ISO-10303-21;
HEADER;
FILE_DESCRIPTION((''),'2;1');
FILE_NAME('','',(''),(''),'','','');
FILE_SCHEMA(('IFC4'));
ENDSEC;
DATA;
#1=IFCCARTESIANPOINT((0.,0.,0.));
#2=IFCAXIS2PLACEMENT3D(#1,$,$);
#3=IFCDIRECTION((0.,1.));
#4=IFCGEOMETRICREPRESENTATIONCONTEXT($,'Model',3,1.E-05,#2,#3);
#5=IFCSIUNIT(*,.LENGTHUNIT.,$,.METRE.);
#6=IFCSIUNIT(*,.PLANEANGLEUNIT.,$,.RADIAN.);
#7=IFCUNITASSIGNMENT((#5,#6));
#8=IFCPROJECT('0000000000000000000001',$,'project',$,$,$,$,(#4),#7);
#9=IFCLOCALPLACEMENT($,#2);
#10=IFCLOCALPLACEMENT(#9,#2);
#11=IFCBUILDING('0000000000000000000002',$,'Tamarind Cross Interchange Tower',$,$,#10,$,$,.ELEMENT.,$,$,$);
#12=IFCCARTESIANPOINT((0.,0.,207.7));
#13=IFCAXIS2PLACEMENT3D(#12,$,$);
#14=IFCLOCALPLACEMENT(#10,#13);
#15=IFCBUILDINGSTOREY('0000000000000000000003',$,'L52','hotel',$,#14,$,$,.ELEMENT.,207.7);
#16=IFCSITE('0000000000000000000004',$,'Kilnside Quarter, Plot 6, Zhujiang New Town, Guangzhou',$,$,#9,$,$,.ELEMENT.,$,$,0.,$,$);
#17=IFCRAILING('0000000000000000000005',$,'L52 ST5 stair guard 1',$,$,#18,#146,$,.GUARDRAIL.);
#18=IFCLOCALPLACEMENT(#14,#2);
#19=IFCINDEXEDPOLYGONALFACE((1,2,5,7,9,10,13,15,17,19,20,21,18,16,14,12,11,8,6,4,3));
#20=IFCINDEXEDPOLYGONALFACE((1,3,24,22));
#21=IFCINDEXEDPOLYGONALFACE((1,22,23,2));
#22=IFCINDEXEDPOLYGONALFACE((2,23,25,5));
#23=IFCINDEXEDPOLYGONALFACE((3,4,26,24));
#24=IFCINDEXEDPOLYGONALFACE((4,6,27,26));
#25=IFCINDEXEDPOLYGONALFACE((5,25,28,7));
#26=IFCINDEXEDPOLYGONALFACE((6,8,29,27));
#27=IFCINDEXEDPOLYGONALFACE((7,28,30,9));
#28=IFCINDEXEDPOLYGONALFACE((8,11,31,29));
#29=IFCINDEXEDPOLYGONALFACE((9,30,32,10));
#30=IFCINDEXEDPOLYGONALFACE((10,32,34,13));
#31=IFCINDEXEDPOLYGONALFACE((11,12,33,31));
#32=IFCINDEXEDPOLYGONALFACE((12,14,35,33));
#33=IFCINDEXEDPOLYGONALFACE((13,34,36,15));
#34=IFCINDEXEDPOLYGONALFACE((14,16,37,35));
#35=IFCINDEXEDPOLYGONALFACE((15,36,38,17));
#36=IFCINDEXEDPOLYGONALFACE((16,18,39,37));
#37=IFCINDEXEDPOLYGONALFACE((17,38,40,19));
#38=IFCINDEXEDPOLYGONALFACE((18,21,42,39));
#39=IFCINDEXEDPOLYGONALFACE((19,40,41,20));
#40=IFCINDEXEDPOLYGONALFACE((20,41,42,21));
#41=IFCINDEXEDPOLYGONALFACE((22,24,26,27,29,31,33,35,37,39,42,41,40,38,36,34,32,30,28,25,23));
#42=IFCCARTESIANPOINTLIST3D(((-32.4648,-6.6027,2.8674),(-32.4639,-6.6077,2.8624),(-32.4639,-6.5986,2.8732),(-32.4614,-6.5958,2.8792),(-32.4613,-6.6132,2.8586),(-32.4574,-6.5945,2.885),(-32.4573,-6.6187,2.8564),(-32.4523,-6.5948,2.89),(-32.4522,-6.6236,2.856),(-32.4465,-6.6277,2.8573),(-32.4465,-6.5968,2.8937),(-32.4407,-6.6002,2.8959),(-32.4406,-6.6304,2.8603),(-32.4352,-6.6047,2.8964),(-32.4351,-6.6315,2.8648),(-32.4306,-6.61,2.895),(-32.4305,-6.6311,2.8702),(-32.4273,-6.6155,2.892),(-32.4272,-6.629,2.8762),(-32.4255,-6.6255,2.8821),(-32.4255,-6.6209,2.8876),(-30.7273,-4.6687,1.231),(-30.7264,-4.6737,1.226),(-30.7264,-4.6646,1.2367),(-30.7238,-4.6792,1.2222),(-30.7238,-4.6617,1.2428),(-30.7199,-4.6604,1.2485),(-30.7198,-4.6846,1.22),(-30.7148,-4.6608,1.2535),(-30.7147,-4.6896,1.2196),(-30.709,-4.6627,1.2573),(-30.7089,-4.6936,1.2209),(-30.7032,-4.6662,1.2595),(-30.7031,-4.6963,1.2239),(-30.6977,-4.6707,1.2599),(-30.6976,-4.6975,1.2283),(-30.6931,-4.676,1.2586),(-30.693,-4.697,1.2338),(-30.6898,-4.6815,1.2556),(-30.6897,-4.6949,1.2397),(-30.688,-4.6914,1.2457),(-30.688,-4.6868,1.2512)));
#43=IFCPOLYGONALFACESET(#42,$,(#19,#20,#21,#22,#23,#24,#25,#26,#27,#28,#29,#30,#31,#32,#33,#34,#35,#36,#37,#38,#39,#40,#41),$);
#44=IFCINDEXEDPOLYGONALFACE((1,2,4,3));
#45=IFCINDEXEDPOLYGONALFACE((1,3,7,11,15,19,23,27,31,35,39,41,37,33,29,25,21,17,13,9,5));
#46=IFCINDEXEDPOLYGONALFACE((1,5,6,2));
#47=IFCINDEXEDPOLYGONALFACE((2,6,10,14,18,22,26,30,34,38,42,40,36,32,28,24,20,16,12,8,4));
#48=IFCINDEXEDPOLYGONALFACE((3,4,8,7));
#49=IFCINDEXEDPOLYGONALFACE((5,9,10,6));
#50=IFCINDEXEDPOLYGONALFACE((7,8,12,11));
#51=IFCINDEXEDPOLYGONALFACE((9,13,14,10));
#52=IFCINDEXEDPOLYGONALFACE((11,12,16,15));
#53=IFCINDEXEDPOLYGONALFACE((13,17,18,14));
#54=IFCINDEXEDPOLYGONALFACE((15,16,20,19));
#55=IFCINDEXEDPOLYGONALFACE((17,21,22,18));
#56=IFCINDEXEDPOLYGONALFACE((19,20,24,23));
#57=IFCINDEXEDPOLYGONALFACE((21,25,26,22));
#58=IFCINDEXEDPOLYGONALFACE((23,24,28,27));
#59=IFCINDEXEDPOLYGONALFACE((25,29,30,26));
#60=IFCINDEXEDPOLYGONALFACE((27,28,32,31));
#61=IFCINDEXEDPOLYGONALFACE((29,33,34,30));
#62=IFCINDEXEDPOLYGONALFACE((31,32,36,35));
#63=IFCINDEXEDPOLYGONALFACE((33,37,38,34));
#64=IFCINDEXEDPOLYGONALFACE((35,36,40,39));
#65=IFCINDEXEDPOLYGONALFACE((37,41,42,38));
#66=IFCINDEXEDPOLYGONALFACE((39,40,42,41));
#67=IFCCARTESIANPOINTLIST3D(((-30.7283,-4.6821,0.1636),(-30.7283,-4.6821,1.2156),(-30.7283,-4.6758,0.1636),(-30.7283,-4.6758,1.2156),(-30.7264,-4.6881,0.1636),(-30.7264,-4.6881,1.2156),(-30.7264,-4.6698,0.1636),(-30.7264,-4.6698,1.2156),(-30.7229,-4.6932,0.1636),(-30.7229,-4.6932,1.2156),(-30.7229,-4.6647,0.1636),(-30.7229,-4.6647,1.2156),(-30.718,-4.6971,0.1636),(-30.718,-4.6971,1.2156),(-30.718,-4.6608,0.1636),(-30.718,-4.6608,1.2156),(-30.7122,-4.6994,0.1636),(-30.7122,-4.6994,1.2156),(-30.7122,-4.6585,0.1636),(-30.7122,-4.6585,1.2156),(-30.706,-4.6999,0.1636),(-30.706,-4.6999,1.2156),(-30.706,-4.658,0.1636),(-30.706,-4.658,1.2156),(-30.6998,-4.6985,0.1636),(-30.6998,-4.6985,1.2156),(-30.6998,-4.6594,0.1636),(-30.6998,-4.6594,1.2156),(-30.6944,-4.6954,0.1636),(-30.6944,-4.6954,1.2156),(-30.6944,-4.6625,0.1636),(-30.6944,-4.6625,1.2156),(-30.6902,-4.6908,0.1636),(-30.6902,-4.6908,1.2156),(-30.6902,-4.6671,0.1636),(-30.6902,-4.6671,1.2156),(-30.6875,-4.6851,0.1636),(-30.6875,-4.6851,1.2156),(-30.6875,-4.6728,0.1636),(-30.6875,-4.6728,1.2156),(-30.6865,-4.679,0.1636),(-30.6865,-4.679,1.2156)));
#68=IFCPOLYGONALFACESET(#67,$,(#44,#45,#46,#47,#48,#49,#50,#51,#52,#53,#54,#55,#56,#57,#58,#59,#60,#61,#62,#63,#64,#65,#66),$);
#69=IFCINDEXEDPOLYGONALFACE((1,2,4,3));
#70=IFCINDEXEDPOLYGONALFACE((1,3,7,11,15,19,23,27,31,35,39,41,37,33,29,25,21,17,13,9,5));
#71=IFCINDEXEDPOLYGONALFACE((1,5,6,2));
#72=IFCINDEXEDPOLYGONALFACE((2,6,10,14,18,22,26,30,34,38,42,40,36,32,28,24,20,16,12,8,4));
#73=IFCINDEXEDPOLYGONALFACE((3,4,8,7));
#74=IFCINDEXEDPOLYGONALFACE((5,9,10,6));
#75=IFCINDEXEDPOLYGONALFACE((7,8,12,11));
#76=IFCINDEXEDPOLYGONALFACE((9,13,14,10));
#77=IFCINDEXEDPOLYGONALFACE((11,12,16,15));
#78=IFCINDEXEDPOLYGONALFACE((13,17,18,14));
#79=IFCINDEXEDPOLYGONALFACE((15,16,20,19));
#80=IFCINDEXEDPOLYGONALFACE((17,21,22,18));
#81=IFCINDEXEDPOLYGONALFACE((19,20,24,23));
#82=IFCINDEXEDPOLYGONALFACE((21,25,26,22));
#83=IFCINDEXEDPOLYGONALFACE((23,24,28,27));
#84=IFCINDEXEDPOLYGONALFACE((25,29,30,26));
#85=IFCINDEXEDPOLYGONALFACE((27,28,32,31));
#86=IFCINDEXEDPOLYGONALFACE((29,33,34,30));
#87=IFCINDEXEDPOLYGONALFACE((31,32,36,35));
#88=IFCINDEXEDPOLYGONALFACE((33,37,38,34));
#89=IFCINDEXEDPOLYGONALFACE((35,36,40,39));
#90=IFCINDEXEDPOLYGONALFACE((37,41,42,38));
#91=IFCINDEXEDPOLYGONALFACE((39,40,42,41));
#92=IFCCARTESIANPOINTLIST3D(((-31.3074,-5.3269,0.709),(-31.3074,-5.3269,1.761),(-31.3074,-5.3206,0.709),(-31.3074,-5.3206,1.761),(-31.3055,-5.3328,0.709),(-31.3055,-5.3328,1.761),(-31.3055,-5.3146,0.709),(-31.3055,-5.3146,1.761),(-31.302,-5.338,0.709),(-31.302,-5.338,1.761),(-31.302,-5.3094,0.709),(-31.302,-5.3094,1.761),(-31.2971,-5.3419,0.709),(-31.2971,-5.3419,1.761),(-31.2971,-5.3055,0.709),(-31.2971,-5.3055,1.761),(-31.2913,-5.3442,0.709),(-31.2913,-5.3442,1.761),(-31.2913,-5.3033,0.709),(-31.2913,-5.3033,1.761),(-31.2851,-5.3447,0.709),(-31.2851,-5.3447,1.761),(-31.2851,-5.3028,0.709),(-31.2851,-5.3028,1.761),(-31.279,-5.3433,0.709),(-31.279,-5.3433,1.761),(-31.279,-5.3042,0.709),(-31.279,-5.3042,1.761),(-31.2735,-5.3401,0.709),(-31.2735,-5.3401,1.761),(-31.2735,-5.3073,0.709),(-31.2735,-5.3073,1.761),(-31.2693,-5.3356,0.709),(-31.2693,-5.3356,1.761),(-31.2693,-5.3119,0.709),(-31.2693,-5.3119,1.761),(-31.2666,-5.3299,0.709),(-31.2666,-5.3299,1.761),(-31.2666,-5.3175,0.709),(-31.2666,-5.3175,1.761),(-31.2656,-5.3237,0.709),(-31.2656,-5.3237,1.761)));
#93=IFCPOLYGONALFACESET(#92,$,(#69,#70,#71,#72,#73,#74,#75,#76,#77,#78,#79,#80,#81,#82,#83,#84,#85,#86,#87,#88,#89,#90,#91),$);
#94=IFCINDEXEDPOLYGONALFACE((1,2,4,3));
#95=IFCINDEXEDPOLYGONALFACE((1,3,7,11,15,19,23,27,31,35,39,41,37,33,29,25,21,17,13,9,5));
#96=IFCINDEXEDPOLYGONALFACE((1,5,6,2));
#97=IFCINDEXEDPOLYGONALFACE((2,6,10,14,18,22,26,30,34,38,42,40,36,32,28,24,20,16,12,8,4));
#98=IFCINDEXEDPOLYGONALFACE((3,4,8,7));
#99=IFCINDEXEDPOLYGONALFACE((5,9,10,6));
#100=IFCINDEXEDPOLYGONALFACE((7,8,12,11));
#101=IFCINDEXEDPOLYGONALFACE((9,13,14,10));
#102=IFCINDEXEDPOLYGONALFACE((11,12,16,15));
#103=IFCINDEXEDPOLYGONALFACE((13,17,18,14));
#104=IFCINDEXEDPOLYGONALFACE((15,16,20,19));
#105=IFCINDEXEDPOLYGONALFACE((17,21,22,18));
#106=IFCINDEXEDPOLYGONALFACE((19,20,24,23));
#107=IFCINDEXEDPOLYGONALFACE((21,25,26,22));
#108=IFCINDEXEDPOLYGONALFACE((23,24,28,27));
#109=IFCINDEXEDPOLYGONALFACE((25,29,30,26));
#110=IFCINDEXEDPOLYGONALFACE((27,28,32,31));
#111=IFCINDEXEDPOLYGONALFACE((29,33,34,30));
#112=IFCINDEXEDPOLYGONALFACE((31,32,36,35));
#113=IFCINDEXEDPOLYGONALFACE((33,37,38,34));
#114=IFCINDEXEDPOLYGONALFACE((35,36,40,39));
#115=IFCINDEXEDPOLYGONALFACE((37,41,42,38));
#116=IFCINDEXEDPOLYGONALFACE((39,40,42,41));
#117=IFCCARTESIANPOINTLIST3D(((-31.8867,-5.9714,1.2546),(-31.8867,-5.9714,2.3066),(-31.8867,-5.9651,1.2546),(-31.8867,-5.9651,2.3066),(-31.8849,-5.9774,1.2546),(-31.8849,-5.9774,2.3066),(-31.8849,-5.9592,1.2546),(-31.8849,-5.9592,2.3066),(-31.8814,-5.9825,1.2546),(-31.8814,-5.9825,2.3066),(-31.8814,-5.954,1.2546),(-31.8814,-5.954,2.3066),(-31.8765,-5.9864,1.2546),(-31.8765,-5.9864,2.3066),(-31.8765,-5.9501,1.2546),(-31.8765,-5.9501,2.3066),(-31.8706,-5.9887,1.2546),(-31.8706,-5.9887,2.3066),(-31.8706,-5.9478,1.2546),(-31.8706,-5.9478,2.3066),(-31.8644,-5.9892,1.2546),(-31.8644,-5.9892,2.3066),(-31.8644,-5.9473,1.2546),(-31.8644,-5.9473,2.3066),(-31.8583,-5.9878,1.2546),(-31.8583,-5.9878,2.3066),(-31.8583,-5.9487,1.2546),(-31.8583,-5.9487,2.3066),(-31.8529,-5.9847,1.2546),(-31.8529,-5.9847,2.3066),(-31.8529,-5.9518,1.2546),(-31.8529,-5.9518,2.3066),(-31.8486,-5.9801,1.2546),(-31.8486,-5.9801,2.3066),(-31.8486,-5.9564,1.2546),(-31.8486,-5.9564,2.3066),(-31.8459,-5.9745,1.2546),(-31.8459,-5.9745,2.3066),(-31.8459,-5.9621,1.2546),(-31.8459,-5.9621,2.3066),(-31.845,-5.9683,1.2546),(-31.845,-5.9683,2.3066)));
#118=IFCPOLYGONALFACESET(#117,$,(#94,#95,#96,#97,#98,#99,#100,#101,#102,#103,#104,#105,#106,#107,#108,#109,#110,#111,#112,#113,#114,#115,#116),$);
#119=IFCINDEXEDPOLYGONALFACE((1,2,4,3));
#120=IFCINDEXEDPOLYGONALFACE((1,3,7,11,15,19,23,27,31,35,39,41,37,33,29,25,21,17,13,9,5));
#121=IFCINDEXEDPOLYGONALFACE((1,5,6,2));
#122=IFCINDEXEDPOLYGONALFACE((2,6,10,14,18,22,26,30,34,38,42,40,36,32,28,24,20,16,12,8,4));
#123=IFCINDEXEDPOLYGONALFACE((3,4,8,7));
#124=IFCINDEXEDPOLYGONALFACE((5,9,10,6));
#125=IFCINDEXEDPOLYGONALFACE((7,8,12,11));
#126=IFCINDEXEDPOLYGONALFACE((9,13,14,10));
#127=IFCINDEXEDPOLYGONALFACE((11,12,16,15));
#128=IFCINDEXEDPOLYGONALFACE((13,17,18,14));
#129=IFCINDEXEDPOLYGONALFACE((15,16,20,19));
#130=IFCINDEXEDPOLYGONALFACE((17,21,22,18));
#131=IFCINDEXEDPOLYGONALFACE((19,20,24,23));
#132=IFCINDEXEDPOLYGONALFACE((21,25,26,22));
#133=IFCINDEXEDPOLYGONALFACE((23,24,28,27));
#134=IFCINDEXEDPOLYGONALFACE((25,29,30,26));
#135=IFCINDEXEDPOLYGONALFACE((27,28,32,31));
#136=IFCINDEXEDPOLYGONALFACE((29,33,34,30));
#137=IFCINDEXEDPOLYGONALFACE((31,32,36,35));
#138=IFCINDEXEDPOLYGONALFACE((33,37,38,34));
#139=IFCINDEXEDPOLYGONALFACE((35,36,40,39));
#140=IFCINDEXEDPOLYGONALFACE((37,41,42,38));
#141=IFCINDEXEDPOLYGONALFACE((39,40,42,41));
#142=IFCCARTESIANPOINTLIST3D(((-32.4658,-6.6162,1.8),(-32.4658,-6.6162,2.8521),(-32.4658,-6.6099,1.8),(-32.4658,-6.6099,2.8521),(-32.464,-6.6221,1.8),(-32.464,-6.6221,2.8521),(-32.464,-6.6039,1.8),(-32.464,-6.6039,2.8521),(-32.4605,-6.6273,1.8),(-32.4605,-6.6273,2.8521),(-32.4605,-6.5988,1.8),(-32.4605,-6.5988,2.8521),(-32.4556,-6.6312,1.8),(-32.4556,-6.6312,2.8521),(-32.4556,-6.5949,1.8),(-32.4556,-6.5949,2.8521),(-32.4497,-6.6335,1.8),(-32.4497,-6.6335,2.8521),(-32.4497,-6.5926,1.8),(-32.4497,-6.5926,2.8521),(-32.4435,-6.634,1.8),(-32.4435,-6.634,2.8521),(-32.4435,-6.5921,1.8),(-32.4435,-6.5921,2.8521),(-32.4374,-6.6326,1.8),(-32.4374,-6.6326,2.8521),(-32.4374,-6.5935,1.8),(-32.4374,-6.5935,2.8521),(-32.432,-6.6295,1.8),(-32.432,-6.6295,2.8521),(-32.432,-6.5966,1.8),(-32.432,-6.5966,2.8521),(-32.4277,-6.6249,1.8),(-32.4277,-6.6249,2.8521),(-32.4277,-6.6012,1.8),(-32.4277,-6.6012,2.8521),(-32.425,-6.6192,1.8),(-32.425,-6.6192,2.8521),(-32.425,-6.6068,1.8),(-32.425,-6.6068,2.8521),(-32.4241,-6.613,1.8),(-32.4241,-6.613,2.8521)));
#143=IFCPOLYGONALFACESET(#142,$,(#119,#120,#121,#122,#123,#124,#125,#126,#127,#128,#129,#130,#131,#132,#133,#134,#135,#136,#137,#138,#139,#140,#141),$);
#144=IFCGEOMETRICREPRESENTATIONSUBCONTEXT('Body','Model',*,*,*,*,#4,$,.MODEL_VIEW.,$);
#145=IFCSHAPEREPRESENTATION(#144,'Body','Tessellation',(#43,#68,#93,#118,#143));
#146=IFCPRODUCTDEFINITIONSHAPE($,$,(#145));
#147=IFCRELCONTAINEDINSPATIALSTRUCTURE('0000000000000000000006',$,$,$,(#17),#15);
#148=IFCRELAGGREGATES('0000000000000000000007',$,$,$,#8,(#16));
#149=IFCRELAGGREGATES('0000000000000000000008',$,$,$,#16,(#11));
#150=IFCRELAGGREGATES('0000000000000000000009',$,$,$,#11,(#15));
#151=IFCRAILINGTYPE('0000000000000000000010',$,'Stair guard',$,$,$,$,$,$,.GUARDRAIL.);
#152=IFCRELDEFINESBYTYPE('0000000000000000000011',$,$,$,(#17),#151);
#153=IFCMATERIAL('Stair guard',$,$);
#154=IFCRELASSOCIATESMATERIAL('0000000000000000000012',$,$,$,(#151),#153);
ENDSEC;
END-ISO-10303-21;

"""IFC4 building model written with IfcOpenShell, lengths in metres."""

from ifc_helpers import new_model, si_unit, direction, frame, origin, origin_2d, place, context, subcontext, project, spatial, circle, extrude, material, type_object, element, save


model = new_model("IFC4")

# Units and contexts
model_context = context("Model", 3, precision=1e-05, world=origin(), true_north=direction((0.0, 1.0)))
body_context = subcontext(model_context, "Body", "Model", "MODEL_VIEW")
ifc_project = project(units=[si_unit("LENGTHUNIT", "METRE"), si_unit("PLANEANGLEUNIT", "RADIAN")], contexts=[model_context])

# Site, building, storey
site_placement = place(None, origin())
site = spatial("IfcSite", under=ifc_project, at=site_placement, Name="Kilnside Quarter, Plot 6, Zhujiang New Town, Guangzhou", CompositionType="ELEMENT", RefElevation=0.0)
building_placement = place(site_placement, origin())
building = spatial("IfcBuilding", under=site, at=building_placement, Name="Tamarind Cross Interchange Tower", CompositionType="ELEMENT")
storey_placement = place(building_placement, frame((0.0, 0.0, 207.7)))
storey = spatial("IfcBuildingStorey", under=building, at=storey_placement, Name="L52", Description="hotel", CompositionType="ELEMENT", Elevation=207.7)

# Railing
ifc_material_1 = material(Name="Stair guard")
railing_type_1 = type_object("IfcRailingType", Name="Stair guard", PredefinedType="GUARDRAIL", material=ifc_material_1)
railing_1_placement = place(storey_placement, frame((-30.7075, -4.679, 0.1636)))
element("IfcRailing", 1, at=railing_1_placement, inside=storey, type_object=railing_type_1, Name="L52 ST5 stair guard 1", PredefinedType="GUARDRAIL", context=body_context, shape_type="SweptSolid", body=[
    extrude(circle(Radius=0.0239, at=origin_2d()), frame((0.0, 0.0, 1.0762), z_axis=(-0.56559, -0.629564, 0.532689), x_axis=(0.743892, -0.6683, 0.0)), (0.0, 0.0, 1.0), 3.072),
    extrude(circle(Radius=0.021, at=origin_2d()), origin(), (0.0, 0.0, 1.0), 1.052),
    extrude(circle(Radius=0.021, at=origin_2d()), frame((-0.5791, -0.6448, 0.5454)), (0.0, 0.0, 1.0), 1.052),
    extrude(circle(Radius=0.021, at=origin_2d()), frame((-1.1584, -1.2893, 1.0911)), (0.0, 0.0, 1.0), 1.052),
    extrude(circle(Radius=0.021, at=origin_2d()), frame((-1.7375, -1.9341, 1.6365)), (0.0, 0.0, 1.0), 1.052),
])

save(model, "model.ifc")
